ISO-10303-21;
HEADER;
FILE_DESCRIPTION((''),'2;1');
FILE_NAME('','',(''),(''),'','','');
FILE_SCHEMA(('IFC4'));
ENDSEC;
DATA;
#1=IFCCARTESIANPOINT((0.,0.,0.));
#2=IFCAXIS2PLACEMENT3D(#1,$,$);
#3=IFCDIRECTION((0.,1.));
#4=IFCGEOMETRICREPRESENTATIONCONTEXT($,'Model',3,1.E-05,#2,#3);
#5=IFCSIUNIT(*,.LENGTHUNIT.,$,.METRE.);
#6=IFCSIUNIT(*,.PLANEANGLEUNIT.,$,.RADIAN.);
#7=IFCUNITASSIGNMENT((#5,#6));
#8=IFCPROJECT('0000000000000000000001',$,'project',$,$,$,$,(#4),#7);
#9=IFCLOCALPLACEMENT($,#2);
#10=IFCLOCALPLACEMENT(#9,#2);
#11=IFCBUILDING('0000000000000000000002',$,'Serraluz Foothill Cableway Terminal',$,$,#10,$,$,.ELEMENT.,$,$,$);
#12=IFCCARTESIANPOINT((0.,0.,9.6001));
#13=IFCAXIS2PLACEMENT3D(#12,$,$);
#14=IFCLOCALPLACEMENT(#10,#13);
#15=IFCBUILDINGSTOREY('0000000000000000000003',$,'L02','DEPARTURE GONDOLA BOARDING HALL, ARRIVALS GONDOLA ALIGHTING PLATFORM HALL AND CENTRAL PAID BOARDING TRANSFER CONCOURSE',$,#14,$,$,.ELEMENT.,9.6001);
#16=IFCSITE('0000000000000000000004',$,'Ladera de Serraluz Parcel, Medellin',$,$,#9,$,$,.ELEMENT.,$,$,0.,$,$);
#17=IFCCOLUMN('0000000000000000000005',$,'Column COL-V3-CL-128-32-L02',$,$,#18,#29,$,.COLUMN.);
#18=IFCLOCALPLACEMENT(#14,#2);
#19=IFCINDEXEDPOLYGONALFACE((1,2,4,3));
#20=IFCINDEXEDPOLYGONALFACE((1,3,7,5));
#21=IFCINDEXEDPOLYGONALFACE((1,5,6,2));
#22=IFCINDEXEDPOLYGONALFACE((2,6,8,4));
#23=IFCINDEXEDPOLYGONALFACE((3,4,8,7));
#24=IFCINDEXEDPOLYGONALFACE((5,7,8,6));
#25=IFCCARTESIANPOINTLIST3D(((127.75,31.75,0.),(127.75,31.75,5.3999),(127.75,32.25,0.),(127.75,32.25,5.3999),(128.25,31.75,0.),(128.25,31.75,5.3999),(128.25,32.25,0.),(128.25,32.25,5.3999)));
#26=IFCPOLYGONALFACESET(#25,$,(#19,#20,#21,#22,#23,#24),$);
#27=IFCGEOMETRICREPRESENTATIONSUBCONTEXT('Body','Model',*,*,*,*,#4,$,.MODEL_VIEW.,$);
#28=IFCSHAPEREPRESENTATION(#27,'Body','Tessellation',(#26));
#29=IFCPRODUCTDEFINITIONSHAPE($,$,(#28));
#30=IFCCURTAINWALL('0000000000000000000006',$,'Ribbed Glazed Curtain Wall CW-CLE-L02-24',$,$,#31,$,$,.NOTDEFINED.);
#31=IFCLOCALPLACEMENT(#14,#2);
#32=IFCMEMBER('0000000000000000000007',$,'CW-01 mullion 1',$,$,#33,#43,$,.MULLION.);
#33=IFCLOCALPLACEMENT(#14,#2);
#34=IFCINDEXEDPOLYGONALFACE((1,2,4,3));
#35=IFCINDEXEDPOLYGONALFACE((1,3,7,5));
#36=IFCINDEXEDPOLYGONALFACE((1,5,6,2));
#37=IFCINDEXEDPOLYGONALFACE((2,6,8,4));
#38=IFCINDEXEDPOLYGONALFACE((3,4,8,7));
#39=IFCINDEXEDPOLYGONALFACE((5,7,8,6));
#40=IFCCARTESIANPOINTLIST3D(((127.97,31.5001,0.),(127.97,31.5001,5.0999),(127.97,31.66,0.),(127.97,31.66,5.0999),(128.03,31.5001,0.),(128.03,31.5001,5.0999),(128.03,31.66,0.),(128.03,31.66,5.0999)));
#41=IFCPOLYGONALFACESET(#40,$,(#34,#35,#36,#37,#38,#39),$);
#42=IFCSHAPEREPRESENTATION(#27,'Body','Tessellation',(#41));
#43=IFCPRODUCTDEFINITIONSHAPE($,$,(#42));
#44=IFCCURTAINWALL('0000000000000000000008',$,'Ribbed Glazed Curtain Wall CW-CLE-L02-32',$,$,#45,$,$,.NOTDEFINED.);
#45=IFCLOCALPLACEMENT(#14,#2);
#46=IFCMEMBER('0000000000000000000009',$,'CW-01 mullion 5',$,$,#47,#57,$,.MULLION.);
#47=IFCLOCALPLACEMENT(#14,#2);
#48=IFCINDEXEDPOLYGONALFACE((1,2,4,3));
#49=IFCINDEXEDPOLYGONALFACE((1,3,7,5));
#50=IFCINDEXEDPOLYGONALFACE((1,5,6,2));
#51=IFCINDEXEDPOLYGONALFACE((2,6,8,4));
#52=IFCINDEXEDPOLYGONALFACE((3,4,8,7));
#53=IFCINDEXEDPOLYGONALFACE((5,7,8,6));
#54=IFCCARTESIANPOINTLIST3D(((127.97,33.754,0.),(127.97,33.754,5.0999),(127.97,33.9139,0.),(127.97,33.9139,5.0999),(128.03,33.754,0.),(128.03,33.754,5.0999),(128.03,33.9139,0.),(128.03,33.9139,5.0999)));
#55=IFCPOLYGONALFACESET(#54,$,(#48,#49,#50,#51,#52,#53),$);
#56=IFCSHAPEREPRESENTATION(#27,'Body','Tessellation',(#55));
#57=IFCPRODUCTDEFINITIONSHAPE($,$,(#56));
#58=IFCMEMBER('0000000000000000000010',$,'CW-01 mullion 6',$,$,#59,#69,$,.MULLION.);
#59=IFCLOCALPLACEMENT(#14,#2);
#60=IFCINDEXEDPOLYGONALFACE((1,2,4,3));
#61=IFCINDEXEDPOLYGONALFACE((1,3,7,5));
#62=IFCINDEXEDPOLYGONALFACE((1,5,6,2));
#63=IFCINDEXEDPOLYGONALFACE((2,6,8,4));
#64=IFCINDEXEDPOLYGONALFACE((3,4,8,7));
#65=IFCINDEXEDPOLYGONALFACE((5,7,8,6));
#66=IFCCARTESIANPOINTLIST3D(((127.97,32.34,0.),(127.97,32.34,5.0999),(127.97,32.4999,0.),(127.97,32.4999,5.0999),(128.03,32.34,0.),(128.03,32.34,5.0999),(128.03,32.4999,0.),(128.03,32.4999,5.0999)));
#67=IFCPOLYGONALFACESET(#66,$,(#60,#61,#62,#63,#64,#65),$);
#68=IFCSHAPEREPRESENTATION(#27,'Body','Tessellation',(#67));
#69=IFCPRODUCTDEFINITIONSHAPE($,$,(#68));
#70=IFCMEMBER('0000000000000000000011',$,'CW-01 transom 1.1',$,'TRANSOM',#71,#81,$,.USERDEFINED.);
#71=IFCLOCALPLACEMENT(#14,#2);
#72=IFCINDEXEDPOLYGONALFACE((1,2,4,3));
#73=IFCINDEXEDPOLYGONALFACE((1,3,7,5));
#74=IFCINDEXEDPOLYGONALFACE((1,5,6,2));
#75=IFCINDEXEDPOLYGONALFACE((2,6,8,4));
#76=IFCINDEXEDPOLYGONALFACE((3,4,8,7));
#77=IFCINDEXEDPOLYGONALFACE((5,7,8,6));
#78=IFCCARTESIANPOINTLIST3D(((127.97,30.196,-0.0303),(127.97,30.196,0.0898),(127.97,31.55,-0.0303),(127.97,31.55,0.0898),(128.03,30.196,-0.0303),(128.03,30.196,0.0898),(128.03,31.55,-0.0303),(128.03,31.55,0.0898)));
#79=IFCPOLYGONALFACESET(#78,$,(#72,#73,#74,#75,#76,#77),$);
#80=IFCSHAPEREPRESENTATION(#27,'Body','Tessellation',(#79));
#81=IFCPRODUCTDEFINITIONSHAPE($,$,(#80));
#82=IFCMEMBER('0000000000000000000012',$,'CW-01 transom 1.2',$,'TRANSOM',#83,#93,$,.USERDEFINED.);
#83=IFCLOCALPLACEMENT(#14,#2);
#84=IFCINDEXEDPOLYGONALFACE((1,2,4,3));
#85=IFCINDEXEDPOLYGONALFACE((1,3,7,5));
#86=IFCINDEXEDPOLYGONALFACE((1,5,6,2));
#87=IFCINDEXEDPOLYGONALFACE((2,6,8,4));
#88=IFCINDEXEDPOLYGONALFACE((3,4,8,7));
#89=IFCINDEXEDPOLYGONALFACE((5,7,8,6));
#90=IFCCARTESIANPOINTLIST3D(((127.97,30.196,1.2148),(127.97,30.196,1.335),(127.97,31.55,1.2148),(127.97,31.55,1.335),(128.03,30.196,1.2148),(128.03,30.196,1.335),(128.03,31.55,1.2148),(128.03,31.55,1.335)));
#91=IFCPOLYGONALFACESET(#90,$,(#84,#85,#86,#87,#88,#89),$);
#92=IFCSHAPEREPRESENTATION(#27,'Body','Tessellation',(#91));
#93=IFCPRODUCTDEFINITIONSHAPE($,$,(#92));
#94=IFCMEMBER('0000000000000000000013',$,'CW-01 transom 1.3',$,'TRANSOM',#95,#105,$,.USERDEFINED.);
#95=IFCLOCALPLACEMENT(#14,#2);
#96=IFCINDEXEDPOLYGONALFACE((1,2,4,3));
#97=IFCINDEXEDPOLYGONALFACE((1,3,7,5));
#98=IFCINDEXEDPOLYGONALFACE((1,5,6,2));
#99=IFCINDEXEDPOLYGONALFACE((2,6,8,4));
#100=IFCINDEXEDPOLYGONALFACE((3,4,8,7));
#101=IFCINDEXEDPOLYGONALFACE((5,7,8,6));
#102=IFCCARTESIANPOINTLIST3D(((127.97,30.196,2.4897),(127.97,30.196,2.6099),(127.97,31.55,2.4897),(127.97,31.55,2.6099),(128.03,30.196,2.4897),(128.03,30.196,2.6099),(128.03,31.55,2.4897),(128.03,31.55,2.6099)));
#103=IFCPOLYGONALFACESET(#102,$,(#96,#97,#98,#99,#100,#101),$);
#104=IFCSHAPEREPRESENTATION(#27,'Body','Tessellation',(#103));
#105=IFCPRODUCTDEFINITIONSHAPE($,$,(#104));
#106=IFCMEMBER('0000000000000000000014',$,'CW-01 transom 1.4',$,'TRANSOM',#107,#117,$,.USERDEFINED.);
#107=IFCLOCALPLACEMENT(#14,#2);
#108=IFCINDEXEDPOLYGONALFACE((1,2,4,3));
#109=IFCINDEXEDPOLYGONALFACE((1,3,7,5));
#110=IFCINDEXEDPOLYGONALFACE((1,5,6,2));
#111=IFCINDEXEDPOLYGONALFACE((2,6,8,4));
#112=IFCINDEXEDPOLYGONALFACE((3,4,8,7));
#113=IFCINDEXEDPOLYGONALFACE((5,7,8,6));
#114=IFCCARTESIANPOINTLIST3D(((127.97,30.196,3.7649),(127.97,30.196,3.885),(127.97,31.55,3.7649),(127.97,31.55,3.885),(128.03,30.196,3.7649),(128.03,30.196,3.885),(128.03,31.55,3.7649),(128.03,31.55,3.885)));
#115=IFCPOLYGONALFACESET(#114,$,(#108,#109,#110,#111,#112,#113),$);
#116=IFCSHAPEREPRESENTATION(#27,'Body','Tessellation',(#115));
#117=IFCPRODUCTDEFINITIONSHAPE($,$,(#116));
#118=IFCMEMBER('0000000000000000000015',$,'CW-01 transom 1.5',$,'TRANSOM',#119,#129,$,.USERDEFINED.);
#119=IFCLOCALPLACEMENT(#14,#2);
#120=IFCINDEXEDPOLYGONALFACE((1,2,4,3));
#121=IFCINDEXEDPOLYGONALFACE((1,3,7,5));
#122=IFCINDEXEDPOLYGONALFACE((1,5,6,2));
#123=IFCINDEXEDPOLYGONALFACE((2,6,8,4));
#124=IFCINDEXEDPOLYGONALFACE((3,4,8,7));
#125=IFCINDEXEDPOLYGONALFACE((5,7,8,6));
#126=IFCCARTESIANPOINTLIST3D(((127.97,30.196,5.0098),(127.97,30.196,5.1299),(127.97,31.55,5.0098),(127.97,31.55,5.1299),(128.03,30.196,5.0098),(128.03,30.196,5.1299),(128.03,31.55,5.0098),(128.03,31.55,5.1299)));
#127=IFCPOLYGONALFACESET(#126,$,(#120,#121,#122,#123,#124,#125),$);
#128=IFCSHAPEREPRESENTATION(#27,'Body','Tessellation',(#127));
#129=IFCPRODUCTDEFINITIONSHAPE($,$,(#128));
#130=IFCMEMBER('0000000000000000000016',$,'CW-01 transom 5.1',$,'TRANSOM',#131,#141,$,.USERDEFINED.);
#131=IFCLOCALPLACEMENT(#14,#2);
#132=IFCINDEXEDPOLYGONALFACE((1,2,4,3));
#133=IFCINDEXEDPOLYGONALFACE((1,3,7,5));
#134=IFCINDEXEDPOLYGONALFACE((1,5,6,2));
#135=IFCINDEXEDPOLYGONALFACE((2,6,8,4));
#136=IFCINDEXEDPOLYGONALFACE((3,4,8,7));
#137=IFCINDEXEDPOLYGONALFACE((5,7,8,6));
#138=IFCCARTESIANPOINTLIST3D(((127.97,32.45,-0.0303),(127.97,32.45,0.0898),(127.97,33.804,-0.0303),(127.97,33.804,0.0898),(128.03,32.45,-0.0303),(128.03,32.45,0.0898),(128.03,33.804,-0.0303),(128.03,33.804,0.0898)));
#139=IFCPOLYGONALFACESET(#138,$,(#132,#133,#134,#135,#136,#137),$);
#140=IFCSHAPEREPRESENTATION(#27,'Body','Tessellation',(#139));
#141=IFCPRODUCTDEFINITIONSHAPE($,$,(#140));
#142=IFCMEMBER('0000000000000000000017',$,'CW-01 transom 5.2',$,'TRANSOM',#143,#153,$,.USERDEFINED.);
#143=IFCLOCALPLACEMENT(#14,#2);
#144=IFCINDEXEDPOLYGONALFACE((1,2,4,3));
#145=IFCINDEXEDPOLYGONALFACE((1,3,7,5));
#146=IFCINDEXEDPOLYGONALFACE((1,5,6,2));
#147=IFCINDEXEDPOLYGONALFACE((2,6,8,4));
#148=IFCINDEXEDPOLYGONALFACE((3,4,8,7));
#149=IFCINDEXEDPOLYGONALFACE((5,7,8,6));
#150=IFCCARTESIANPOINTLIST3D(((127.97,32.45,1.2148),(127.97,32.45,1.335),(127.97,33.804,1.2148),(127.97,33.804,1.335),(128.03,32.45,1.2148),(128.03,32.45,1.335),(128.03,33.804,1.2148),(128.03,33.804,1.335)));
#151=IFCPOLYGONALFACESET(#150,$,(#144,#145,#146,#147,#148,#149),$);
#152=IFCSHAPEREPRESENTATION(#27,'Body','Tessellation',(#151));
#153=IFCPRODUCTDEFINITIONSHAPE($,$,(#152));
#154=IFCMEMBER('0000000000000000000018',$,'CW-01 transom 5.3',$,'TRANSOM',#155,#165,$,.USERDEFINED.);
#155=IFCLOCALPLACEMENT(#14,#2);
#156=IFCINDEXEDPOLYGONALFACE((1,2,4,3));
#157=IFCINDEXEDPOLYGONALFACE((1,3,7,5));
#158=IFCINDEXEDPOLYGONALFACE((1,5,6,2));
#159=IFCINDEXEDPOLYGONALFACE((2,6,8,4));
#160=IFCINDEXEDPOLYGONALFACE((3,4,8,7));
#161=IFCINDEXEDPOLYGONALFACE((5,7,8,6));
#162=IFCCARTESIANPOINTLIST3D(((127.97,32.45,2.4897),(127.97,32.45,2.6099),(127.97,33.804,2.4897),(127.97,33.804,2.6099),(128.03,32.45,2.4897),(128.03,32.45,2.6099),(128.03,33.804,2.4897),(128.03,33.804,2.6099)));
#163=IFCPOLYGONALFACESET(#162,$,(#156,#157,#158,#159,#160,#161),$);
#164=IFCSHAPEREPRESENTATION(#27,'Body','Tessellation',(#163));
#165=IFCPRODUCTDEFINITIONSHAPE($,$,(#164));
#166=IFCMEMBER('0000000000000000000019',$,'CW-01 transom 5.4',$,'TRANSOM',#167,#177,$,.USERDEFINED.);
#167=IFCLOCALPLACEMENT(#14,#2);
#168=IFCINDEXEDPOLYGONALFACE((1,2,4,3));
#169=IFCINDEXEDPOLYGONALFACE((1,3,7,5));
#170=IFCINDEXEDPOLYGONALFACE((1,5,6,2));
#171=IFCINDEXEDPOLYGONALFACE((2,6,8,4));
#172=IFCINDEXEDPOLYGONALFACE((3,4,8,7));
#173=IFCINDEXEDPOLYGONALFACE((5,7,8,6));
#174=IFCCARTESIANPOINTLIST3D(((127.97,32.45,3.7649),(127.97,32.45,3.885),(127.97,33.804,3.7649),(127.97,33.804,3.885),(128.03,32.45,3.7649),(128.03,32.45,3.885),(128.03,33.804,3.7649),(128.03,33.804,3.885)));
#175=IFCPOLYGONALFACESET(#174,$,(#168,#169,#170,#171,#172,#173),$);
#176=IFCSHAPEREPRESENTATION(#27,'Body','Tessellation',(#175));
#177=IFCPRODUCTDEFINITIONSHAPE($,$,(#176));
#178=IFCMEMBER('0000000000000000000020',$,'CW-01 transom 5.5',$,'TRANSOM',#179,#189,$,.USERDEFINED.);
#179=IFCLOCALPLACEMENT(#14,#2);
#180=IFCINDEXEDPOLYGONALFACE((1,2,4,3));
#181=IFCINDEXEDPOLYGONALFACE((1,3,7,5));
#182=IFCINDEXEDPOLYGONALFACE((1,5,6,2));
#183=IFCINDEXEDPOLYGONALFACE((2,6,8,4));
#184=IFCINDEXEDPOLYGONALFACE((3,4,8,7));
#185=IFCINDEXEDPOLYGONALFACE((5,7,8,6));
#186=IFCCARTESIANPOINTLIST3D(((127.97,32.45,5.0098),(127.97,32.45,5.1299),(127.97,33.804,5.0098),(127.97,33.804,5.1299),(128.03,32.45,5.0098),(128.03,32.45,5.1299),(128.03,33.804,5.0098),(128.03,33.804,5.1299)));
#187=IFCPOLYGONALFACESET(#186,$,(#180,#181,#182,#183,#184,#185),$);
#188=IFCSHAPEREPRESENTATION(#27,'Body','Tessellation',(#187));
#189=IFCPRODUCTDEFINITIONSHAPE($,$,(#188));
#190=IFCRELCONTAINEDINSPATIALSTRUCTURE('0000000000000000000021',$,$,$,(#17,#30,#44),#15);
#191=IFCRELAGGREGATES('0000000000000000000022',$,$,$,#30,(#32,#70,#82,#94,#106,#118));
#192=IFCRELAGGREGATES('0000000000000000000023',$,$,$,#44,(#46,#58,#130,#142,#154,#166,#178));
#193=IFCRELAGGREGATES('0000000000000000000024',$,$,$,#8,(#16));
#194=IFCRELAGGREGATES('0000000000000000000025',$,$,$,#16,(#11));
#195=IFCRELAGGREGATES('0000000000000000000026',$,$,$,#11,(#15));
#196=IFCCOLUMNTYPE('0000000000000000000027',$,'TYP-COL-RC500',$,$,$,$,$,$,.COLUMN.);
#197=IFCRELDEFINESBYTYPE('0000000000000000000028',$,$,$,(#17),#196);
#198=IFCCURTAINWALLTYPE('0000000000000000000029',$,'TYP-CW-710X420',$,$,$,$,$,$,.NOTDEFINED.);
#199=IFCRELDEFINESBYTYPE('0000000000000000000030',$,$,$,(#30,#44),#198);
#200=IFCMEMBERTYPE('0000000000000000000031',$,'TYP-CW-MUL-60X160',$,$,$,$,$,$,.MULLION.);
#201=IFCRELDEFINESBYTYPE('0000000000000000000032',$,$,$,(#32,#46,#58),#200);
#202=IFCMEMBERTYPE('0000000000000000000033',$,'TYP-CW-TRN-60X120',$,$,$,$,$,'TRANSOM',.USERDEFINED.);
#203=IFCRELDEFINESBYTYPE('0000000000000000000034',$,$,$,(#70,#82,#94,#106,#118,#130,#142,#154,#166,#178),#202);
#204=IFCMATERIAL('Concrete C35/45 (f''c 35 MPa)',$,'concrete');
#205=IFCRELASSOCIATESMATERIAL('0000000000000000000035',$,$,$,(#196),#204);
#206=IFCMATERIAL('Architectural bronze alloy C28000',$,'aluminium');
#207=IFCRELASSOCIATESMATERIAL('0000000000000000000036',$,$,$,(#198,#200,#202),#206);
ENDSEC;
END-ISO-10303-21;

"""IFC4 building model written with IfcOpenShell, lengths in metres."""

from ifc_helpers import new_model, si_unit, direction, frame, origin, origin_2d, place, context, subcontext, project, spatial, rectangle, extrude, material, material_profile, profile_set, type_object, element, aggregate, save


model = new_model("IFC4")

# Units and contexts
model_context = context("Model", 3, precision=1e-05, world=origin(), true_north=direction((0.0, 1.0)))
body_context = subcontext(model_context, "Body", "Model", "MODEL_VIEW")
ifc_project = project(units=[si_unit("LENGTHUNIT", "METRE"), si_unit("PLANEANGLEUNIT", "RADIAN")], contexts=[model_context])

# Site, building, storey
site_placement = place(None, origin())
site = spatial("IfcSite", under=ifc_project, at=site_placement, Name="Ladera de Serraluz Parcel, Medellin", CompositionType="ELEMENT", RefElevation=0.0)
building_placement = place(site_placement, origin())
building = spatial("IfcBuilding", under=site, at=building_placement, Name="Serraluz Foothill Cableway Terminal", CompositionType="ELEMENT")
storey_placement = place(building_placement, frame((0.0, 0.0, 9.6001)))
storey = spatial("IfcBuildingStorey", under=building, at=storey_placement, Name="L02", Description="DEPARTURE GONDOLA BOARDING HALL, ARRIVALS GONDOLA ALIGHTING PLATFORM HALL AND CENTRAL PAID BOARDING TRANSFER CONCOURSE", CompositionType="ELEMENT", Elevation=9.6001)

# Column
ifc_material_1 = material(Name="Concrete C35/45 (f'c 35 MPa)", Category="concrete")
ifc_material_profile_1 = material_profile(ifc_material_1, rectangle(XDim=0.5, YDim=0.5, at=origin_2d()), Name="RC 500x500")
ifc_profile_set_1 = profile_set([ifc_material_profile_1], Name="Concrete C35/45 (f'c 35 MPa)")
column_type = type_object("IfcColumnType", Name="TYP-COL-RC500", PredefinedType="COLUMN", material=ifc_profile_set_1)
column_placement = place(storey_placement, frame((128.0, 32.0, 0.0), z_axis=(0.0, 0.0, 1.0), x_axis=(1.0, 0.0, 0.0)))
element("IfcColumn", 1, at=column_placement, inside=storey, type_object=column_type, Name="Column COL-V3-CL-128-32-L02", PredefinedType="COLUMN", context=body_context, shape_type="SweptSolid", body=[
    extrude(rectangle(XDim=0.5, YDim=0.5, at=origin_2d()), origin(), (0.0, 0.0, 1.0), 5.3999),
])

# Curtain wall, member
ifc_material_2 = material(Name="Architectural bronze alloy C28000", Category="aluminium")
curtain_wall_type = type_object("IfcCurtainWallType", Name="TYP-CW-710X420", PredefinedType="NOTDEFINED", material=ifc_material_2)
curtain_wall_1_placement = place(storey_placement, origin())
curtain_wall_1 = element("IfcCurtainWall", 2, at=curtain_wall_1_placement, inside=storey, type_object=curtain_wall_type, Name="Ribbed Glazed Curtain Wall CW-CLE-L02-24", PredefinedType="NOTDEFINED")
ifc_material_profile_2 = material_profile(ifc_material_2, rectangle(XDim=0.0601, YDim=0.1599, at=origin_2d()), Name="ALU MULLION 60x160")
ifc_profile_set_2 = profile_set([ifc_material_profile_2], Name="Architectural bronze alloy C28000")
member_type_1 = type_object("IfcMemberType", Name="TYP-CW-MUL-60X160", PredefinedType="MULLION", material=ifc_profile_set_2)
member_1_placement = place(storey_placement, frame((128.0, 31.5801, 0.0), z_axis=(0.0, 0.0, 1.0), x_axis=(1.0, 0.0, 0.0)))
member_1 = element("IfcMember", 3, at=member_1_placement, type_object=member_type_1, Name="CW-01 mullion 1", PredefinedType="MULLION", context=body_context, shape_type="SweptSolid", body=[
    extrude(rectangle(XDim=0.0601, YDim=0.1599, at=origin_2d()), origin(), (0.0, 0.0, 1.0), 5.0999),
])

# Curtain wall, members
curtain_wall_2_placement = place(storey_placement, origin())
curtain_wall_2 = element("IfcCurtainWall", 4, at=curtain_wall_2_placement, inside=storey, type_object=curtain_wall_type, Name="Ribbed Glazed Curtain Wall CW-CLE-L02-32", PredefinedType="NOTDEFINED")
member_2_placement = place(storey_placement, frame((128.0, 33.834, 0.0), z_axis=(0.0, 0.0, 1.0), x_axis=(1.0, 0.0, 0.0)))
member_2 = element("IfcMember", 5, at=member_2_placement, type_object=member_type_1, Name="CW-01 mullion 5", PredefinedType="MULLION", context=body_context, shape_type="SweptSolid", body=[
    extrude(rectangle(XDim=0.0601, YDim=0.1599, at=origin_2d()), origin(), (0.0, 0.0, 1.0), 5.0999),
])
member_3_placement = place(storey_placement, frame((128.0, 32.4199, 0.0), z_axis=(0.0, 0.0, 1.0), x_axis=(1.0, 0.0, 0.0)))
member_3 = element("IfcMember", 6, at=member_3_placement, type_object=member_type_1, Name="CW-01 mullion 6", PredefinedType="MULLION", context=body_context, shape_type="SweptSolid", body=[
    extrude(rectangle(XDim=0.0601, YDim=0.1599, at=origin_2d()), origin(), (0.0, 0.0, 1.0), 5.0999),
])

# Members
ifc_material_profile_3 = material_profile(ifc_material_2, rectangle(XDim=0.0601, YDim=0.1201, at=origin_2d()), Name="ALU TRANSOM 60x120")
ifc_profile_set_3 = profile_set([ifc_material_profile_3], Name="Architectural bronze alloy C28000")
member_type_2 = type_object("IfcMemberType", Name="TYP-CW-TRN-60X120", ElementType="TRANSOM", PredefinedType="USERDEFINED", material=ifc_profile_set_3)
member_4_placement = place(storey_placement, frame((128.0, 31.55, 0.0298), z_axis=(0.0, -1.0, 0.0), x_axis=(1.0, 0.0, 0.0)))
member_4 = element("IfcMember", 7, at=member_4_placement, type_object=member_type_2, Name="CW-01 transom 1.1", ObjectType="TRANSOM", PredefinedType="USERDEFINED", context=body_context, shape_type="SweptSolid", body=[
    extrude(rectangle(XDim=0.0601, YDim=0.1201, at=origin_2d()), origin(), (0.0, 0.0, 1.0), 1.354),
])
member_5_placement = place(storey_placement, frame((128.0, 31.55, 1.2749), z_axis=(0.0, -1.0, 0.0), x_axis=(1.0, 0.0, 0.0)))
member_5 = element("IfcMember", 8, at=member_5_placement, type_object=member_type_2, Name="CW-01 transom 1.2", ObjectType="TRANSOM", PredefinedType="USERDEFINED", context=body_context, shape_type="SweptSolid", body=[
    extrude(rectangle(XDim=0.0601, YDim=0.1201, at=origin_2d()), origin(), (0.0, 0.0, 1.0), 1.354),
])
member_6_placement = place(storey_placement, frame((128.0, 31.55, 2.5498), z_axis=(0.0, -1.0, 0.0), x_axis=(1.0, 0.0, 0.0)))
member_6 = element("IfcMember", 9, at=member_6_placement, type_object=member_type_2, Name="CW-01 transom 1.3", ObjectType="TRANSOM", PredefinedType="USERDEFINED", context=body_context, shape_type="SweptSolid", body=[
    extrude(rectangle(XDim=0.0601, YDim=0.1201, at=origin_2d()), origin(), (0.0, 0.0, 1.0), 1.354),
])
member_7_placement = place(storey_placement, frame((128.0, 31.55, 3.825), z_axis=(0.0, -1.0, 0.0), x_axis=(1.0, 0.0, 0.0)))
member_7 = element("IfcMember", 10, at=member_7_placement, type_object=member_type_2, Name="CW-01 transom 1.4", ObjectType="TRANSOM", PredefinedType="USERDEFINED", context=body_context, shape_type="SweptSolid", body=[
    extrude(rectangle(XDim=0.0601, YDim=0.1201, at=origin_2d()), origin(), (0.0, 0.0, 1.0), 1.354),
])
member_8_placement = place(storey_placement, frame((128.0, 31.55, 5.0698), z_axis=(0.0, -1.0, 0.0), x_axis=(1.0, 0.0, 0.0)))
member_8 = element("IfcMember", 11, at=member_8_placement, type_object=member_type_2, Name="CW-01 transom 1.5", ObjectType="TRANSOM", PredefinedType="USERDEFINED", context=body_context, shape_type="SweptSolid", body=[
    extrude(rectangle(XDim=0.0601, YDim=0.1201, at=origin_2d()), origin(), (0.0, 0.0, 1.0), 1.354),
])
member_9_placement = place(storey_placement, frame((128.0, 33.804, 0.0298), z_axis=(0.0, -1.0, 0.0), x_axis=(1.0, 0.0, 0.0)))
member_9 = element("IfcMember", 12, at=member_9_placement, type_object=member_type_2, Name="CW-01 transom 5.1", ObjectType="TRANSOM", PredefinedType="USERDEFINED", context=body_context, shape_type="SweptSolid", body=[
    extrude(rectangle(XDim=0.0601, YDim=0.1201, at=origin_2d()), origin(), (0.0, 0.0, 1.0), 1.354),
])
member_10_placement = place(storey_placement, frame((128.0, 33.804, 1.2749), z_axis=(0.0, -1.0, 0.0), x_axis=(1.0, 0.0, 0.0)))
member_10 = element("IfcMember", 13, at=member_10_placement, type_object=member_type_2, Name="CW-01 transom 5.2", ObjectType="TRANSOM", PredefinedType="USERDEFINED", context=body_context, shape_type="SweptSolid", body=[
    extrude(rectangle(XDim=0.0601, YDim=0.1201, at=origin_2d()), origin(), (0.0, 0.0, 1.0), 1.354),
])
member_11_placement = place(storey_placement, frame((128.0, 33.804, 2.5498), z_axis=(0.0, -1.0, 0.0), x_axis=(1.0, 0.0, 0.0)))
member_11 = element("IfcMember", 14, at=member_11_placement, type_object=member_type_2, Name="CW-01 transom 5.3", ObjectType="TRANSOM", PredefinedType="USERDEFINED", context=body_context, shape_type="SweptSolid", body=[
    extrude(rectangle(XDim=0.0601, YDim=0.1201, at=origin_2d()), origin(), (0.0, 0.0, 1.0), 1.354),
])
member_12_placement = place(storey_placement, frame((128.0, 33.804, 3.825), z_axis=(0.0, -1.0, 0.0), x_axis=(1.0, 0.0, 0.0)))
member_12 = element("IfcMember", 15, at=member_12_placement, type_object=member_type_2, Name="CW-01 transom 5.4", ObjectType="TRANSOM", PredefinedType="USERDEFINED", context=body_context, shape_type="SweptSolid", body=[
    extrude(rectangle(XDim=0.0601, YDim=0.1201, at=origin_2d()), origin(), (0.0, 0.0, 1.0), 1.354),
])
member_13_placement = place(storey_placement, frame((128.0, 33.804, 5.0698), z_axis=(0.0, -1.0, 0.0), x_axis=(1.0, 0.0, 0.0)))
member_13 = element("IfcMember", 16, at=member_13_placement, type_object=member_type_2, Name="CW-01 transom 5.5", ObjectType="TRANSOM", PredefinedType="USERDEFINED", context=body_context, shape_type="SweptSolid", body=[
    extrude(rectangle(XDim=0.0601, YDim=0.1201, at=origin_2d()), origin(), (0.0, 0.0, 1.0), 1.354),
])

aggregate(curtain_wall_1, [member_1, member_4, member_5, member_6, member_7, member_8])
aggregate(curtain_wall_2, [member_2, member_3, member_9, member_10, member_11, member_12, member_13])

save(model, "model.ifc")
